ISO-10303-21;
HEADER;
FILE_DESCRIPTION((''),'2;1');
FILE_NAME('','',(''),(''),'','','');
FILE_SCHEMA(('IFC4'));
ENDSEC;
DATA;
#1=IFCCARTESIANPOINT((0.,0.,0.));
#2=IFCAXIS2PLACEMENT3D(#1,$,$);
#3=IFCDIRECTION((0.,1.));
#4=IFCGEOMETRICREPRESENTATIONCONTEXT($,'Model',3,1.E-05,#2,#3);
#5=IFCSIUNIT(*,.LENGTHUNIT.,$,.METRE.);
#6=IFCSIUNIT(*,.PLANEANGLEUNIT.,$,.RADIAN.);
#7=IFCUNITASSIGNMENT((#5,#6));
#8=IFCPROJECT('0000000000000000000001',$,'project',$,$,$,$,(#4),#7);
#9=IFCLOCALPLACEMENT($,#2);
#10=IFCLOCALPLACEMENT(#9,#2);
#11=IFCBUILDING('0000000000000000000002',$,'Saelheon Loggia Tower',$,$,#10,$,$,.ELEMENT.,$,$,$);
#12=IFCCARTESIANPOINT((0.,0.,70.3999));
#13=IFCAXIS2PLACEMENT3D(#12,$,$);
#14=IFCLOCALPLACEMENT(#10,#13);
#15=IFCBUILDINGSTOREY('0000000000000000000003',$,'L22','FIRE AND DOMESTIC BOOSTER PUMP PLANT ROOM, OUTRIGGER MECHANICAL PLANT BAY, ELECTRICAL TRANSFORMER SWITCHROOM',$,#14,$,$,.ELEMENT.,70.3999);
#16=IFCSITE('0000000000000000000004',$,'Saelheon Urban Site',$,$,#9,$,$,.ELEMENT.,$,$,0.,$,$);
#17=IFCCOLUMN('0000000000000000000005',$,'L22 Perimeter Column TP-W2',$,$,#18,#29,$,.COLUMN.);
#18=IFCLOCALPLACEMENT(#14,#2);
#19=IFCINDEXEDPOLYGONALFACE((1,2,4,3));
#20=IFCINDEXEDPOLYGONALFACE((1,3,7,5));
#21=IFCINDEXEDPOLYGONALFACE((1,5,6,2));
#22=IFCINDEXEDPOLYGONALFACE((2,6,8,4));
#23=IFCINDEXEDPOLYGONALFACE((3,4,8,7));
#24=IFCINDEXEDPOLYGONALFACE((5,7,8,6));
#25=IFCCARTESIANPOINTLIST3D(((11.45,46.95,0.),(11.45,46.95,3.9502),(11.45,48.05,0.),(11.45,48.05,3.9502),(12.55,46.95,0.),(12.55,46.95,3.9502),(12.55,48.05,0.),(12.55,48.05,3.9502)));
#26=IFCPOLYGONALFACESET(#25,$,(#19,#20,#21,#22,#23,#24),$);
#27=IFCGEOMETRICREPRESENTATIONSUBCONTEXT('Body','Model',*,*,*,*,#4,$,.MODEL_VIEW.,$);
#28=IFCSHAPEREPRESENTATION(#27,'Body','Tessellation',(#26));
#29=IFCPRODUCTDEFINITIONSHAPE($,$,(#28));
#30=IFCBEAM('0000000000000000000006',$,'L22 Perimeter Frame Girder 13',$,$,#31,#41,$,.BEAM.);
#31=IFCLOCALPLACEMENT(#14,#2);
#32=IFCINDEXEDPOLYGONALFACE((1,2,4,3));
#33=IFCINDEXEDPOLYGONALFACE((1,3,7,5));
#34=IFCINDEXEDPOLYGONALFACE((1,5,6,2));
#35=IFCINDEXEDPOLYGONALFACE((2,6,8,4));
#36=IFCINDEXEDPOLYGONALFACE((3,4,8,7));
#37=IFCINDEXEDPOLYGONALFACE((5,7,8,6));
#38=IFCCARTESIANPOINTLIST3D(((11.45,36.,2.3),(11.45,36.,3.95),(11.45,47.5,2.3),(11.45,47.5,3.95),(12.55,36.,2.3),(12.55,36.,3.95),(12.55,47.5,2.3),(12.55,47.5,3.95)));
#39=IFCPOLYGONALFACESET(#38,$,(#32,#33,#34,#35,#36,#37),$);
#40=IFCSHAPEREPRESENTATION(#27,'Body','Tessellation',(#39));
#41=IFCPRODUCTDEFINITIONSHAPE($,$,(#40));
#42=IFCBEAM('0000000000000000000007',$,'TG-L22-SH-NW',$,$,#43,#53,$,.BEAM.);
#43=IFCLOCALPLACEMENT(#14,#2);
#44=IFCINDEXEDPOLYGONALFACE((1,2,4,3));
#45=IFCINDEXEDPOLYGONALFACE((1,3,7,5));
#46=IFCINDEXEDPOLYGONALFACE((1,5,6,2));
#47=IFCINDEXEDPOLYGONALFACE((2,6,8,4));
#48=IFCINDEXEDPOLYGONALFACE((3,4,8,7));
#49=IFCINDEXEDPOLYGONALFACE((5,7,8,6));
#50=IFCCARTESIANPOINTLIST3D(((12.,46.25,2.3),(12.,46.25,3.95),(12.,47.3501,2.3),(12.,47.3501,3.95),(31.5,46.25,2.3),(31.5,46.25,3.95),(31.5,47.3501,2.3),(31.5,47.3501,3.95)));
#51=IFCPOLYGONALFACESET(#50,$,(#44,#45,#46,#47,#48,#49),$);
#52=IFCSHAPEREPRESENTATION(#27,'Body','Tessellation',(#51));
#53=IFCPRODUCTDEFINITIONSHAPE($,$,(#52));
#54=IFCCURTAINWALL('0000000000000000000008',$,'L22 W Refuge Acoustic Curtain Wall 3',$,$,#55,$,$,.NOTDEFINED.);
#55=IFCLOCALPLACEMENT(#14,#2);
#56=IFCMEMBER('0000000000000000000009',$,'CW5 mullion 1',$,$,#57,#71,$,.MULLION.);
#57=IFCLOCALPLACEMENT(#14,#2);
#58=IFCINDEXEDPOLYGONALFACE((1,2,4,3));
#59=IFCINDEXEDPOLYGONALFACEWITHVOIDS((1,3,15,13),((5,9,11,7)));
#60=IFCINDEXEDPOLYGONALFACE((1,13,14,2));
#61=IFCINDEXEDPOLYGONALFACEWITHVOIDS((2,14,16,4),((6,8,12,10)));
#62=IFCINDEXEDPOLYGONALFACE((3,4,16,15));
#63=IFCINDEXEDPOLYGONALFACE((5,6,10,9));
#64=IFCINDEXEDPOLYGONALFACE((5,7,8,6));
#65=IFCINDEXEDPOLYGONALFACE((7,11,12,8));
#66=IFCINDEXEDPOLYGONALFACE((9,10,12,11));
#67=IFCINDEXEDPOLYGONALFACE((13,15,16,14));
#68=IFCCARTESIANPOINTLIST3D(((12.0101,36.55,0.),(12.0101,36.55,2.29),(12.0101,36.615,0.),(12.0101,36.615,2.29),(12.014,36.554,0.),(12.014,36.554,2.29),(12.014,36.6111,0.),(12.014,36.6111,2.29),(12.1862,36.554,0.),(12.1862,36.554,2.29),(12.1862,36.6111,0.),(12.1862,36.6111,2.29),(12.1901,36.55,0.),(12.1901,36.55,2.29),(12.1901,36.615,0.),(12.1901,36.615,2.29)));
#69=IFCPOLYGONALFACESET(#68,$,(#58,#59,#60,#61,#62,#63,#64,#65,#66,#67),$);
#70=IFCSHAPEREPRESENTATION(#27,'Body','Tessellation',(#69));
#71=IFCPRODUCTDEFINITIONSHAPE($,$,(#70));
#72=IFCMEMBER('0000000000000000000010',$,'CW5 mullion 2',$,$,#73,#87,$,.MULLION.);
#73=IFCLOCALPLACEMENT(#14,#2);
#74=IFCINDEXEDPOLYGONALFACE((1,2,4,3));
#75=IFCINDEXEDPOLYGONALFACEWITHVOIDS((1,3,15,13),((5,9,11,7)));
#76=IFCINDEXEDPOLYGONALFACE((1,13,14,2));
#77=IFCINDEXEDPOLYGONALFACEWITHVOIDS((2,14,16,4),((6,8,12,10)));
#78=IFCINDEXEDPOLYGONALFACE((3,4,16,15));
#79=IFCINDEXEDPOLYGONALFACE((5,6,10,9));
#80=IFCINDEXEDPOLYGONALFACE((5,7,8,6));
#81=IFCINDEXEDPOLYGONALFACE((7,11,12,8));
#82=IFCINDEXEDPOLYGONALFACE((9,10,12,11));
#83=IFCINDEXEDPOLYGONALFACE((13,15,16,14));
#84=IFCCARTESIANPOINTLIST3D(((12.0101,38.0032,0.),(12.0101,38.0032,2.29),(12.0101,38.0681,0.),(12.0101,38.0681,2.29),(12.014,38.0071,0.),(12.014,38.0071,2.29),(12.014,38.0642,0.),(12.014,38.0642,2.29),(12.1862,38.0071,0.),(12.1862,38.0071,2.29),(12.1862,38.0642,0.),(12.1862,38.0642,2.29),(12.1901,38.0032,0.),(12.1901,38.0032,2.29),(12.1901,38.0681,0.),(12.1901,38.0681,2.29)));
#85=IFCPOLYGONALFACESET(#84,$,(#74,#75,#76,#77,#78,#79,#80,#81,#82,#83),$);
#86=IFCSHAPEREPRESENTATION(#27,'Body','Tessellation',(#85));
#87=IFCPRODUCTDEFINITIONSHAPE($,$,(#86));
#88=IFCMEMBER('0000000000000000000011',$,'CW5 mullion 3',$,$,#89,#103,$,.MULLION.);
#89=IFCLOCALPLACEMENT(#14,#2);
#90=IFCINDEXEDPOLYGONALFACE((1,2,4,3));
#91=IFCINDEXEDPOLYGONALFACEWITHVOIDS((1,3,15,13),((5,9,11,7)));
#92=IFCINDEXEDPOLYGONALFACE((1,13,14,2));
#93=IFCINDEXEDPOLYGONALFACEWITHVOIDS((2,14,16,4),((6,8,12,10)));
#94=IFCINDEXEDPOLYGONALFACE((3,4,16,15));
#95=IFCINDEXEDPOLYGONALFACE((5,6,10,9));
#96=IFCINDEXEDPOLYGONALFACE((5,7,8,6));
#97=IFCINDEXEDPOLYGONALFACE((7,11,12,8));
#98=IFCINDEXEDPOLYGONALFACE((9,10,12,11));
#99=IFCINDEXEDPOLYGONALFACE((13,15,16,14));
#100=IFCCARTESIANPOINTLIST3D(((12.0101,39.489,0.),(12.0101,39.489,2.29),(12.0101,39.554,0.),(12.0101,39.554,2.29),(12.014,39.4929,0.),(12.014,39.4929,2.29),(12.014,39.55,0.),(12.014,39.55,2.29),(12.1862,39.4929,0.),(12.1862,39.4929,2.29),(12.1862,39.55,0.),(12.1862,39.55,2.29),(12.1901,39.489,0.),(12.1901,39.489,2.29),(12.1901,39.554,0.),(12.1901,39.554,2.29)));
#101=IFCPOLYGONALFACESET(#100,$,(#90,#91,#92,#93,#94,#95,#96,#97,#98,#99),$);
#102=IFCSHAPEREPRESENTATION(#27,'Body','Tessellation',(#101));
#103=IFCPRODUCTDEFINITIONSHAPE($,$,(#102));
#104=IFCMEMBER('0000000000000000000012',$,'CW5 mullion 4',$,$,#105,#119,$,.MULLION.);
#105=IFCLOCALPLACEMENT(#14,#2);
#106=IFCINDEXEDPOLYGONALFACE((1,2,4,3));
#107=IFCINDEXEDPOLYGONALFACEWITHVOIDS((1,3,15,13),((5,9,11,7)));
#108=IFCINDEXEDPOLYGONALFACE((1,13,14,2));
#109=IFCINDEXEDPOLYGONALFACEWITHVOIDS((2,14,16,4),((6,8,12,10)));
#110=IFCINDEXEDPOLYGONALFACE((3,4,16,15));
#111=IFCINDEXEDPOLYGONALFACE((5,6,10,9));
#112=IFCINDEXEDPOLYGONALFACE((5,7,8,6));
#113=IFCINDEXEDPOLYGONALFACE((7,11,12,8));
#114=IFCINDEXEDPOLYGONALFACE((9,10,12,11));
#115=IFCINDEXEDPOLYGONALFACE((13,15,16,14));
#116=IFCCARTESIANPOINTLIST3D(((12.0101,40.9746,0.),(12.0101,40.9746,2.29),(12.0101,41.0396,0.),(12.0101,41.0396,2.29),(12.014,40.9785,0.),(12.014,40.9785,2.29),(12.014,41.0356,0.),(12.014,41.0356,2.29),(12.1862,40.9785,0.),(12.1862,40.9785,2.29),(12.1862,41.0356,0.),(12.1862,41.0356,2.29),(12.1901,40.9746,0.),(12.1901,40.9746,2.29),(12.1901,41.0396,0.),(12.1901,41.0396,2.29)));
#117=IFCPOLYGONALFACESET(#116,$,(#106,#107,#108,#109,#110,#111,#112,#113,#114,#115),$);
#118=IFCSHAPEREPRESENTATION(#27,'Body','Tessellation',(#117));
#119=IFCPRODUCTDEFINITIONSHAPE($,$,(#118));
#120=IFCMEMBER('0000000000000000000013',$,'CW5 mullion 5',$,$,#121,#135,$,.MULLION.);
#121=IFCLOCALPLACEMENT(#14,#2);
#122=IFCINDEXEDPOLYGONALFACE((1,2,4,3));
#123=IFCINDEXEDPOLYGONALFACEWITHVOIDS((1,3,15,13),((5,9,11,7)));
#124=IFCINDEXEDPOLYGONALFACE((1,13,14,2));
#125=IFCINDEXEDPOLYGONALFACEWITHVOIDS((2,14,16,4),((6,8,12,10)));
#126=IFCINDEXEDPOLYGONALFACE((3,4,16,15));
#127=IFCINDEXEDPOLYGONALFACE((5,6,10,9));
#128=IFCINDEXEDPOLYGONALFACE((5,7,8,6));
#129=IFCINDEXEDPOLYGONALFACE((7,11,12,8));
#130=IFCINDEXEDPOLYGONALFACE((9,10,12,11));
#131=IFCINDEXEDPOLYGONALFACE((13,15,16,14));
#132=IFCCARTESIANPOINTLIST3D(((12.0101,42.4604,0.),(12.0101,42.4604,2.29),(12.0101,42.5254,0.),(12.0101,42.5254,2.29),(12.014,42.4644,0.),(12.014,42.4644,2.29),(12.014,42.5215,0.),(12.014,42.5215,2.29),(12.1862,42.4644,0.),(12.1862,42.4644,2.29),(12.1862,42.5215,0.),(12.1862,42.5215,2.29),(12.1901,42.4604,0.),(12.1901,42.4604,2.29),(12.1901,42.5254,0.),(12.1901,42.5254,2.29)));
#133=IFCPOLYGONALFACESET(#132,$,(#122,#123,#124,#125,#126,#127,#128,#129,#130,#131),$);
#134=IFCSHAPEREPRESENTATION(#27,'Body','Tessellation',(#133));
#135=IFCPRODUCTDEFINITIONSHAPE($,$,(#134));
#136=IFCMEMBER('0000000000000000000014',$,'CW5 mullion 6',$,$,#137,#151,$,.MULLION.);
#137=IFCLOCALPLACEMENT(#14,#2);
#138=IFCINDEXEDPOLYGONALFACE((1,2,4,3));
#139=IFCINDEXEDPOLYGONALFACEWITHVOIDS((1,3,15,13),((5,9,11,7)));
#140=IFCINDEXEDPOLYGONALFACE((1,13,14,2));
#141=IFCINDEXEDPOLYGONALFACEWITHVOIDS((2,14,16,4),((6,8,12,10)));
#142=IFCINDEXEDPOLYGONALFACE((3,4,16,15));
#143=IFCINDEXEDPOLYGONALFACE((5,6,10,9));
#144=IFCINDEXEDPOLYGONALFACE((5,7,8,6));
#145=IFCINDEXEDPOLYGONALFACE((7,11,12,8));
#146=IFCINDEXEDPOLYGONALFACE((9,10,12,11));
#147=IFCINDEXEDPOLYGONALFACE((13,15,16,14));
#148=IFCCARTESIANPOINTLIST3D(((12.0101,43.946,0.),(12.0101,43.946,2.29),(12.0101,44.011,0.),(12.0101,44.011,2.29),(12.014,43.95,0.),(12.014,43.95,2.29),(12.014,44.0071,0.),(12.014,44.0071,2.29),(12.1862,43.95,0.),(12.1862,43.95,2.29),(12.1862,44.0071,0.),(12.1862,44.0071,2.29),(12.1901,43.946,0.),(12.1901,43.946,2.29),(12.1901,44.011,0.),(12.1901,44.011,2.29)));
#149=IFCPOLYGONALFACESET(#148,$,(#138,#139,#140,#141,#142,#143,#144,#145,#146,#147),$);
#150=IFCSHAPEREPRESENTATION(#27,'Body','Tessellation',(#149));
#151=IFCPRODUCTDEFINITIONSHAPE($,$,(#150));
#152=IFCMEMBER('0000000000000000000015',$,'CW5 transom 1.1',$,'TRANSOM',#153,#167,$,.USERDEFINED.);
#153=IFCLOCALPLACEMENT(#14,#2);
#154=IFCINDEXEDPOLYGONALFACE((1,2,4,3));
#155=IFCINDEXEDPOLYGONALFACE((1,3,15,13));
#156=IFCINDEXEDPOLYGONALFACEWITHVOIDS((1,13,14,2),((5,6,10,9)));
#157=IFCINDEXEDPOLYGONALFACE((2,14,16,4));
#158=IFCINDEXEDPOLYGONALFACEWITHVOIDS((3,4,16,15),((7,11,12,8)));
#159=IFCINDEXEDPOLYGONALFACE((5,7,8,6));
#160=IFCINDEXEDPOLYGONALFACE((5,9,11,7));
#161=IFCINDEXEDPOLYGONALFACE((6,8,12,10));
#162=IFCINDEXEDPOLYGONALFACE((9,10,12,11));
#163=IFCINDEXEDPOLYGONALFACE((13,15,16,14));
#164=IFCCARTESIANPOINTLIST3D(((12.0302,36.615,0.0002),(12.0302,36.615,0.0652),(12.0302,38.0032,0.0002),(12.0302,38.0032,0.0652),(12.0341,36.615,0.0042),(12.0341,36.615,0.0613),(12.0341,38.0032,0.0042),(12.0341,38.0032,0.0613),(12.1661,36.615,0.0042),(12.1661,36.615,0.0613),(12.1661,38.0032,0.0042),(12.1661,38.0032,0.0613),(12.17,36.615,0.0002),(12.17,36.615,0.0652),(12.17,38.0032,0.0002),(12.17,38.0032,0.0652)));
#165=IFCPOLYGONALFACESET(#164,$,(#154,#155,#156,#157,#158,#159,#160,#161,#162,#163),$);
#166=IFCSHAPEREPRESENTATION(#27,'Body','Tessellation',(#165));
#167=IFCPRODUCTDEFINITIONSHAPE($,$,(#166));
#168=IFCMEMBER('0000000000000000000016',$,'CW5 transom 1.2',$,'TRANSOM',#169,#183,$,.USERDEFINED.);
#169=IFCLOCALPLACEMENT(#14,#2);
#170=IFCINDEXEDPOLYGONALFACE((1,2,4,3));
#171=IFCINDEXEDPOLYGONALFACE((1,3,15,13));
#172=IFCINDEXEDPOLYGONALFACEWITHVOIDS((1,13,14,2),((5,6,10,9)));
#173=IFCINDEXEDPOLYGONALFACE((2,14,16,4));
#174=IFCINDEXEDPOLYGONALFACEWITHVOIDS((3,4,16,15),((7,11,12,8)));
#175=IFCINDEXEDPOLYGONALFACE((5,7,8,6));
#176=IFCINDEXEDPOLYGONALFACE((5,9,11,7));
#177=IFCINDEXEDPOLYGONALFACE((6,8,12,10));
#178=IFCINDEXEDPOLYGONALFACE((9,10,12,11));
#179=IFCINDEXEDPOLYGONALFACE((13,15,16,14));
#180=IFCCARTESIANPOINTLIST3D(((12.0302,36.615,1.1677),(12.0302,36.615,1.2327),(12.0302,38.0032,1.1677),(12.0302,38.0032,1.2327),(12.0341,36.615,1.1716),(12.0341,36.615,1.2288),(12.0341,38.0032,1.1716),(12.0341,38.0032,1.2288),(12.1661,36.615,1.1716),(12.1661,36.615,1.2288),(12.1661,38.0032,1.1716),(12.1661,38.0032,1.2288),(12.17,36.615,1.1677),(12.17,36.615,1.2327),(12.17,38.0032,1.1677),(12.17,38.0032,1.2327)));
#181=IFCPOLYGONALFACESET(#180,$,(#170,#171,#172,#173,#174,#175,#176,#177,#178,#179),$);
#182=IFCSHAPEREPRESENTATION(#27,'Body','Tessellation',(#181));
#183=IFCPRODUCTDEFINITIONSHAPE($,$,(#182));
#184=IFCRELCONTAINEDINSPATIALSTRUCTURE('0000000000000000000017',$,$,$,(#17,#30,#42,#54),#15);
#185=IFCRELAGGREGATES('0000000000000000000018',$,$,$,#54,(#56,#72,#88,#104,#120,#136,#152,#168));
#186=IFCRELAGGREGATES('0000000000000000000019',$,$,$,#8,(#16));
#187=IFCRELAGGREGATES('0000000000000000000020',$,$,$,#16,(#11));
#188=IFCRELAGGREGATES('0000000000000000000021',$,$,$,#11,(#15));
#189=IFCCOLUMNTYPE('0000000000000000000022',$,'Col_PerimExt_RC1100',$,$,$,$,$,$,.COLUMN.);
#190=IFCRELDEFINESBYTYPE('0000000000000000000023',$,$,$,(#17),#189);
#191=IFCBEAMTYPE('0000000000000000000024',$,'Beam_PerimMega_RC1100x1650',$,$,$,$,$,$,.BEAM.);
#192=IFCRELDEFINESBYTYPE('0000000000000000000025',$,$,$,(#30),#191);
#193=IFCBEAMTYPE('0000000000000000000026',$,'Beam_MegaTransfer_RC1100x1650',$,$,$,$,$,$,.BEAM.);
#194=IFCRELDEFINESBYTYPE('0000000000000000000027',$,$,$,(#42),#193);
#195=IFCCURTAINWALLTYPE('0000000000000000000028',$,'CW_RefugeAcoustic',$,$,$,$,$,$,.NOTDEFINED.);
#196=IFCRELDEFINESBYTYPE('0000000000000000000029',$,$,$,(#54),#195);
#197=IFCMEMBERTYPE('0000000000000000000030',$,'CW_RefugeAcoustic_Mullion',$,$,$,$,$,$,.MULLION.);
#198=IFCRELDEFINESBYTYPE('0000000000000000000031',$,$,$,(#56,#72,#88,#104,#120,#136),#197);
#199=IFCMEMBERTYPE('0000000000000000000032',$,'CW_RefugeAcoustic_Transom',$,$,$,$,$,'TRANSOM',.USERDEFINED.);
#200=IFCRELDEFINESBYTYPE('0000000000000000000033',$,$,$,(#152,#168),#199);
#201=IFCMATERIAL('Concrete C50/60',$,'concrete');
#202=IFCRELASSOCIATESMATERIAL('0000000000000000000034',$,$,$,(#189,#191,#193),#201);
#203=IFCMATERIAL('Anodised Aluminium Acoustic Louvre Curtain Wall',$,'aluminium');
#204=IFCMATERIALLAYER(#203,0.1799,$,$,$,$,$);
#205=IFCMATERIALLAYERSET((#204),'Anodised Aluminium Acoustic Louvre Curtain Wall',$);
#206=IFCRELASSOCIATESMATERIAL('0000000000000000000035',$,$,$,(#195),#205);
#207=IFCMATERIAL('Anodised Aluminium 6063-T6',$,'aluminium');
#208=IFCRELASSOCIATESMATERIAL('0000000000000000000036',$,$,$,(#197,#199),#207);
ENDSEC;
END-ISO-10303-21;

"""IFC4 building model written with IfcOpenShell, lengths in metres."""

from ifc_helpers import new_model, si_unit, direction, frame, origin, origin_2d, place, context, subcontext, project, spatial, rectangle, hollow_rectangle, extrude, source, transform, mapped, material, layer, layer_set, material_profile, profile_set, type_object, element, aggregate, save


model = new_model("IFC4")

# Units and contexts
model_context = context("Model", 3, precision=1e-05, world=origin(), true_north=direction((0.0, 1.0)))
body_context = subcontext(model_context, "Body", "Model", "MODEL_VIEW")
ifc_project = project(units=[si_unit("LENGTHUNIT", "METRE"), si_unit("PLANEANGLEUNIT", "RADIAN")], contexts=[model_context])

# Site, building, storey
site_placement = place(None, origin())
site = spatial("IfcSite", under=ifc_project, at=site_placement, Name="Saelheon Urban Site", CompositionType="ELEMENT", RefElevation=0.0)
building_placement = place(site_placement, origin())
building = spatial("IfcBuilding", under=site, at=building_placement, Name="Saelheon Loggia Tower", CompositionType="ELEMENT")
storey_placement = place(building_placement, frame((0.0, 0.0, 70.3999)))
storey = spatial("IfcBuildingStorey", under=building, at=storey_placement, Name="L22", Description="FIRE AND DOMESTIC BOOSTER PUMP PLANT ROOM, OUTRIGGER MECHANICAL PLANT BAY, ELECTRICAL TRANSFORMER SWITCHROOM", CompositionType="ELEMENT", Elevation=70.3999)

# Column
ifc_material_1 = material(Name="Concrete C50/60", Category="concrete")
ifc_material_profile_1 = material_profile(ifc_material_1, rectangle(XDim=1.1001, YDim=1.1001, at=origin_2d()), Name="RC-1100x1100")
ifc_profile_set_1 = profile_set([ifc_material_profile_1], Name="Concrete C50/60")
column_type = type_object("IfcColumnType", Name="Col_PerimExt_RC1100", PredefinedType="COLUMN", material=ifc_profile_set_1)
shared_shape_1 = source(origin(), body_context, "Body", "SweptSolid", [
    extrude(rectangle(XDim=1.1001, YDim=1.1001, at=origin_2d()), origin(), (0.0, 0.0, 1.0), 3.9502),
])
column_placement = place(storey_placement, frame((12.0, 47.5, 0.0), z_axis=(0.0, 0.0, 1.0), x_axis=(1.0, 0.0, 0.0)))
element("IfcColumn", 1, at=column_placement, inside=storey, type_object=column_type, Name="L22 Perimeter Column TP-W2", PredefinedType="COLUMN", context=body_context, shape_type="MappedRepresentation", body=[
    mapped(shared_shape_1, transform((0.0, 0.0, 0.0), scale=1.0)),
])

# Beams
ifc_material_profile_2 = material_profile(ifc_material_1, rectangle(XDim=1.1001, YDim=1.6499, at=origin_2d()), Name="RC-1100x1650")
ifc_profile_set_2 = profile_set([ifc_material_profile_2], Name="Concrete C50/60")
beam_type_1 = type_object("IfcBeamType", Name="Beam_PerimMega_RC1100x1650", PredefinedType="BEAM", material=ifc_profile_set_2)
shared_shape_2 = source(origin(), body_context, "Body", "SweptSolid", [
    extrude(rectangle(XDim=1.1001, YDim=1.6499, at=origin_2d()), origin(), (0.0, 0.0, 1.0), 11.5),
])
beam_1_placement = place(storey_placement, frame((12.0, 47.5, 3.125), z_axis=(0.0, -1.0, 0.0), x_axis=(1.0, 0.0, 0.0)))
element("IfcBeam", 2, at=beam_1_placement, inside=storey, type_object=beam_type_1, Name="L22 Perimeter Frame Girder 13", PredefinedType="BEAM", context=body_context, shape_type="MappedRepresentation", body=[
    mapped(shared_shape_2, transform((0.0, 0.0, 0.0), scale=1.0)),
])
ifc_material_profile_3 = material_profile(ifc_material_1, rectangle(XDim=1.1001, YDim=1.6499, at=origin_2d()), Name="RC-1100x1650")
ifc_profile_set_3 = profile_set([ifc_material_profile_3], Name="Concrete C50/60")
beam_type_2 = type_object("IfcBeamType", Name="Beam_MegaTransfer_RC1100x1650", PredefinedType="BEAM", material=ifc_profile_set_3)
shared_shape_3 = source(origin(), body_context, "Body", "SweptSolid", [
    extrude(rectangle(XDim=1.1001, YDim=1.6499, at=origin_2d()), origin(), (0.0, 0.0, 1.0), 19.5),
])
beam_2_placement = place(storey_placement, frame((12.0, 46.8, 3.125), z_axis=(1.0, 0.0, 0.0), x_axis=(0.0, 1.0, 0.0)))
element("IfcBeam", 3, at=beam_2_placement, inside=storey, type_object=beam_type_2, Name="TG-L22-SH-NW", PredefinedType="BEAM", context=body_context, shape_type="MappedRepresentation", body=[
    mapped(shared_shape_3, transform((0.0, 0.0, 0.0), scale=1.0)),
])

# Curtain wall, members
ifc_material_2 = material(Name="Anodised Aluminium Acoustic Louvre Curtain Wall", Category="aluminium")
ifc_layer_1 = layer(ifc_material_2, 0.1799)
ifc_layer_set_1 = layer_set([ifc_layer_1], Name="Anodised Aluminium Acoustic Louvre Curtain Wall")
curtain_wall_type = type_object("IfcCurtainWallType", Name="CW_RefugeAcoustic", PredefinedType="NOTDEFINED", material=ifc_layer_set_1)
curtain_wall_placement = place(storey_placement, origin())
curtain_wall = element("IfcCurtainWall", 4, at=curtain_wall_placement, inside=storey, type_object=curtain_wall_type, Name="L22 W Refuge Acoustic Curtain Wall 3", PredefinedType="NOTDEFINED")
ifc_material_3 = material(Name="Anodised Aluminium 6063-T6", Category="aluminium")
ifc_material_profile_4 = material_profile(ifc_material_3, hollow_rectangle(XDim=0.0649, YDim=0.1799, WallThickness=0.0039, at=origin_2d()), Name="RHS-180x65x4")
ifc_profile_set_4 = profile_set([ifc_material_profile_4], Name="Anodised Aluminium 6063-T6")
member_type_1 = type_object("IfcMemberType", Name="CW_RefugeAcoustic_Mullion", PredefinedType="MULLION", material=ifc_profile_set_4)
shared_shape_4 = source(origin(), body_context, "Body", "SweptSolid", [
    extrude(hollow_rectangle(XDim=0.0649, YDim=0.1799, WallThickness=0.0039, at=origin_2d()), origin(), (0.0, 0.0, 1.0), 2.29),
])
member_1_placement = place(storey_placement, frame((12.1001, 36.5825, 0.0), z_axis=(0.0, 0.0, 1.0), x_axis=(0.0, 1.0, 0.0)))
member_1 = element("IfcMember", 5, at=member_1_placement, type_object=member_type_1, Name="CW5 mullion 1", PredefinedType="MULLION", context=body_context, shape_type="MappedRepresentation", body=[
    mapped(shared_shape_4, transform((0.0, 0.0, 0.0), scale=1.0)),
])
member_2_placement = place(storey_placement, frame((12.1001, 38.0356, 0.0), z_axis=(0.0, 0.0, 1.0), x_axis=(0.0, 1.0, 0.0)))
member_2 = element("IfcMember", 6, at=member_2_placement, type_object=member_type_1, Name="CW5 mullion 2", PredefinedType="MULLION", context=body_context, shape_type="MappedRepresentation", body=[
    mapped(shared_shape_4, transform((0.0, 0.0, 0.0), scale=1.0)),
])
member_3_placement = place(storey_placement, frame((12.1001, 39.5215, 0.0), z_axis=(0.0, 0.0, 1.0), x_axis=(0.0, 1.0, 0.0)))
member_3 = element("IfcMember", 7, at=member_3_placement, type_object=member_type_1, Name="CW5 mullion 3", PredefinedType="MULLION", context=body_context, shape_type="MappedRepresentation", body=[
    mapped(shared_shape_4, transform((0.0, 0.0, 0.0), scale=1.0)),
])
member_4_placement = place(storey_placement, frame((12.1001, 41.0071, 0.0), z_axis=(0.0, 0.0, 1.0), x_axis=(0.0, 1.0, 0.0)))
member_4 = element("IfcMember", 8, at=member_4_placement, type_object=member_type_1, Name="CW5 mullion 4", PredefinedType="MULLION", context=body_context, shape_type="MappedRepresentation", body=[
    mapped(shared_shape_4, transform((0.0, 0.0, 0.0), scale=1.0)),
])
member_5_placement = place(storey_placement, frame((12.1001, 42.4929, 0.0), z_axis=(0.0, 0.0, 1.0), x_axis=(0.0, 1.0, 0.0)))
member_5 = element("IfcMember", 9, at=member_5_placement, type_object=member_type_1, Name="CW5 mullion 5", PredefinedType="MULLION", context=body_context, shape_type="MappedRepresentation", body=[
    mapped(shared_shape_4, transform((0.0, 0.0, 0.0), scale=1.0)),
])
member_6_placement = place(storey_placement, frame((12.1001, 43.9785, 0.0), z_axis=(0.0, 0.0, 1.0), x_axis=(0.0, 1.0, 0.0)))
member_6 = element("IfcMember", 10, at=member_6_placement, type_object=member_type_1, Name="CW5 mullion 6", PredefinedType="MULLION", context=body_context, shape_type="MappedRepresentation", body=[
    mapped(shared_shape_4, transform((0.0, 0.0, 0.0), scale=1.0)),
])
ifc_material_profile_5 = material_profile(ifc_material_3, hollow_rectangle(XDim=0.0649, YDim=0.1399, WallThickness=0.0039, at=origin_2d()), Name="RHS-140x65x4")
ifc_profile_set_5 = profile_set([ifc_material_profile_5], Name="Anodised Aluminium 6063-T6")
member_type_2 = type_object("IfcMemberType", Name="CW_RefugeAcoustic_Transom", ElementType="TRANSOM", PredefinedType="USERDEFINED", material=ifc_profile_set_5)
shared_shape_5 = source(origin(), body_context, "Body", "SweptSolid", [
    extrude(hollow_rectangle(XDim=0.0649, YDim=0.1399, WallThickness=0.0039, at=origin_2d()), origin(), (0.0, 0.0, 1.0), 1.3882),
])
member_7_placement = place(storey_placement, frame((12.1001, 36.615, 0.0327), z_axis=(0.0, 1.0, 0.0), x_axis=(0.0, 0.0, 1.0)))
member_7 = element("IfcMember", 11, at=member_7_placement, type_object=member_type_2, Name="CW5 transom 1.1", ObjectType="TRANSOM", PredefinedType="USERDEFINED", context=body_context, shape_type="MappedRepresentation", body=[
    mapped(shared_shape_5, transform((0.0, 0.0, 0.0), scale=1.0)),
])
member_8_placement = place(storey_placement, frame((12.1001, 36.615, 1.2002), z_axis=(0.0, 1.0, 0.0), x_axis=(0.0, 0.0, 1.0)))
member_8 = element("IfcMember", 12, at=member_8_placement, type_object=member_type_2, Name="CW5 transom 1.2", ObjectType="TRANSOM", PredefinedType="USERDEFINED", context=body_context, shape_type="MappedRepresentation", body=[
    mapped(shared_shape_5, transform((0.0, 0.0, 0.0), scale=1.0)),
])
aggregate(curtain_wall, [member_1, member_2, member_3, member_4, member_5, member_6, member_7, member_8])

save(model, "model.ifc")
